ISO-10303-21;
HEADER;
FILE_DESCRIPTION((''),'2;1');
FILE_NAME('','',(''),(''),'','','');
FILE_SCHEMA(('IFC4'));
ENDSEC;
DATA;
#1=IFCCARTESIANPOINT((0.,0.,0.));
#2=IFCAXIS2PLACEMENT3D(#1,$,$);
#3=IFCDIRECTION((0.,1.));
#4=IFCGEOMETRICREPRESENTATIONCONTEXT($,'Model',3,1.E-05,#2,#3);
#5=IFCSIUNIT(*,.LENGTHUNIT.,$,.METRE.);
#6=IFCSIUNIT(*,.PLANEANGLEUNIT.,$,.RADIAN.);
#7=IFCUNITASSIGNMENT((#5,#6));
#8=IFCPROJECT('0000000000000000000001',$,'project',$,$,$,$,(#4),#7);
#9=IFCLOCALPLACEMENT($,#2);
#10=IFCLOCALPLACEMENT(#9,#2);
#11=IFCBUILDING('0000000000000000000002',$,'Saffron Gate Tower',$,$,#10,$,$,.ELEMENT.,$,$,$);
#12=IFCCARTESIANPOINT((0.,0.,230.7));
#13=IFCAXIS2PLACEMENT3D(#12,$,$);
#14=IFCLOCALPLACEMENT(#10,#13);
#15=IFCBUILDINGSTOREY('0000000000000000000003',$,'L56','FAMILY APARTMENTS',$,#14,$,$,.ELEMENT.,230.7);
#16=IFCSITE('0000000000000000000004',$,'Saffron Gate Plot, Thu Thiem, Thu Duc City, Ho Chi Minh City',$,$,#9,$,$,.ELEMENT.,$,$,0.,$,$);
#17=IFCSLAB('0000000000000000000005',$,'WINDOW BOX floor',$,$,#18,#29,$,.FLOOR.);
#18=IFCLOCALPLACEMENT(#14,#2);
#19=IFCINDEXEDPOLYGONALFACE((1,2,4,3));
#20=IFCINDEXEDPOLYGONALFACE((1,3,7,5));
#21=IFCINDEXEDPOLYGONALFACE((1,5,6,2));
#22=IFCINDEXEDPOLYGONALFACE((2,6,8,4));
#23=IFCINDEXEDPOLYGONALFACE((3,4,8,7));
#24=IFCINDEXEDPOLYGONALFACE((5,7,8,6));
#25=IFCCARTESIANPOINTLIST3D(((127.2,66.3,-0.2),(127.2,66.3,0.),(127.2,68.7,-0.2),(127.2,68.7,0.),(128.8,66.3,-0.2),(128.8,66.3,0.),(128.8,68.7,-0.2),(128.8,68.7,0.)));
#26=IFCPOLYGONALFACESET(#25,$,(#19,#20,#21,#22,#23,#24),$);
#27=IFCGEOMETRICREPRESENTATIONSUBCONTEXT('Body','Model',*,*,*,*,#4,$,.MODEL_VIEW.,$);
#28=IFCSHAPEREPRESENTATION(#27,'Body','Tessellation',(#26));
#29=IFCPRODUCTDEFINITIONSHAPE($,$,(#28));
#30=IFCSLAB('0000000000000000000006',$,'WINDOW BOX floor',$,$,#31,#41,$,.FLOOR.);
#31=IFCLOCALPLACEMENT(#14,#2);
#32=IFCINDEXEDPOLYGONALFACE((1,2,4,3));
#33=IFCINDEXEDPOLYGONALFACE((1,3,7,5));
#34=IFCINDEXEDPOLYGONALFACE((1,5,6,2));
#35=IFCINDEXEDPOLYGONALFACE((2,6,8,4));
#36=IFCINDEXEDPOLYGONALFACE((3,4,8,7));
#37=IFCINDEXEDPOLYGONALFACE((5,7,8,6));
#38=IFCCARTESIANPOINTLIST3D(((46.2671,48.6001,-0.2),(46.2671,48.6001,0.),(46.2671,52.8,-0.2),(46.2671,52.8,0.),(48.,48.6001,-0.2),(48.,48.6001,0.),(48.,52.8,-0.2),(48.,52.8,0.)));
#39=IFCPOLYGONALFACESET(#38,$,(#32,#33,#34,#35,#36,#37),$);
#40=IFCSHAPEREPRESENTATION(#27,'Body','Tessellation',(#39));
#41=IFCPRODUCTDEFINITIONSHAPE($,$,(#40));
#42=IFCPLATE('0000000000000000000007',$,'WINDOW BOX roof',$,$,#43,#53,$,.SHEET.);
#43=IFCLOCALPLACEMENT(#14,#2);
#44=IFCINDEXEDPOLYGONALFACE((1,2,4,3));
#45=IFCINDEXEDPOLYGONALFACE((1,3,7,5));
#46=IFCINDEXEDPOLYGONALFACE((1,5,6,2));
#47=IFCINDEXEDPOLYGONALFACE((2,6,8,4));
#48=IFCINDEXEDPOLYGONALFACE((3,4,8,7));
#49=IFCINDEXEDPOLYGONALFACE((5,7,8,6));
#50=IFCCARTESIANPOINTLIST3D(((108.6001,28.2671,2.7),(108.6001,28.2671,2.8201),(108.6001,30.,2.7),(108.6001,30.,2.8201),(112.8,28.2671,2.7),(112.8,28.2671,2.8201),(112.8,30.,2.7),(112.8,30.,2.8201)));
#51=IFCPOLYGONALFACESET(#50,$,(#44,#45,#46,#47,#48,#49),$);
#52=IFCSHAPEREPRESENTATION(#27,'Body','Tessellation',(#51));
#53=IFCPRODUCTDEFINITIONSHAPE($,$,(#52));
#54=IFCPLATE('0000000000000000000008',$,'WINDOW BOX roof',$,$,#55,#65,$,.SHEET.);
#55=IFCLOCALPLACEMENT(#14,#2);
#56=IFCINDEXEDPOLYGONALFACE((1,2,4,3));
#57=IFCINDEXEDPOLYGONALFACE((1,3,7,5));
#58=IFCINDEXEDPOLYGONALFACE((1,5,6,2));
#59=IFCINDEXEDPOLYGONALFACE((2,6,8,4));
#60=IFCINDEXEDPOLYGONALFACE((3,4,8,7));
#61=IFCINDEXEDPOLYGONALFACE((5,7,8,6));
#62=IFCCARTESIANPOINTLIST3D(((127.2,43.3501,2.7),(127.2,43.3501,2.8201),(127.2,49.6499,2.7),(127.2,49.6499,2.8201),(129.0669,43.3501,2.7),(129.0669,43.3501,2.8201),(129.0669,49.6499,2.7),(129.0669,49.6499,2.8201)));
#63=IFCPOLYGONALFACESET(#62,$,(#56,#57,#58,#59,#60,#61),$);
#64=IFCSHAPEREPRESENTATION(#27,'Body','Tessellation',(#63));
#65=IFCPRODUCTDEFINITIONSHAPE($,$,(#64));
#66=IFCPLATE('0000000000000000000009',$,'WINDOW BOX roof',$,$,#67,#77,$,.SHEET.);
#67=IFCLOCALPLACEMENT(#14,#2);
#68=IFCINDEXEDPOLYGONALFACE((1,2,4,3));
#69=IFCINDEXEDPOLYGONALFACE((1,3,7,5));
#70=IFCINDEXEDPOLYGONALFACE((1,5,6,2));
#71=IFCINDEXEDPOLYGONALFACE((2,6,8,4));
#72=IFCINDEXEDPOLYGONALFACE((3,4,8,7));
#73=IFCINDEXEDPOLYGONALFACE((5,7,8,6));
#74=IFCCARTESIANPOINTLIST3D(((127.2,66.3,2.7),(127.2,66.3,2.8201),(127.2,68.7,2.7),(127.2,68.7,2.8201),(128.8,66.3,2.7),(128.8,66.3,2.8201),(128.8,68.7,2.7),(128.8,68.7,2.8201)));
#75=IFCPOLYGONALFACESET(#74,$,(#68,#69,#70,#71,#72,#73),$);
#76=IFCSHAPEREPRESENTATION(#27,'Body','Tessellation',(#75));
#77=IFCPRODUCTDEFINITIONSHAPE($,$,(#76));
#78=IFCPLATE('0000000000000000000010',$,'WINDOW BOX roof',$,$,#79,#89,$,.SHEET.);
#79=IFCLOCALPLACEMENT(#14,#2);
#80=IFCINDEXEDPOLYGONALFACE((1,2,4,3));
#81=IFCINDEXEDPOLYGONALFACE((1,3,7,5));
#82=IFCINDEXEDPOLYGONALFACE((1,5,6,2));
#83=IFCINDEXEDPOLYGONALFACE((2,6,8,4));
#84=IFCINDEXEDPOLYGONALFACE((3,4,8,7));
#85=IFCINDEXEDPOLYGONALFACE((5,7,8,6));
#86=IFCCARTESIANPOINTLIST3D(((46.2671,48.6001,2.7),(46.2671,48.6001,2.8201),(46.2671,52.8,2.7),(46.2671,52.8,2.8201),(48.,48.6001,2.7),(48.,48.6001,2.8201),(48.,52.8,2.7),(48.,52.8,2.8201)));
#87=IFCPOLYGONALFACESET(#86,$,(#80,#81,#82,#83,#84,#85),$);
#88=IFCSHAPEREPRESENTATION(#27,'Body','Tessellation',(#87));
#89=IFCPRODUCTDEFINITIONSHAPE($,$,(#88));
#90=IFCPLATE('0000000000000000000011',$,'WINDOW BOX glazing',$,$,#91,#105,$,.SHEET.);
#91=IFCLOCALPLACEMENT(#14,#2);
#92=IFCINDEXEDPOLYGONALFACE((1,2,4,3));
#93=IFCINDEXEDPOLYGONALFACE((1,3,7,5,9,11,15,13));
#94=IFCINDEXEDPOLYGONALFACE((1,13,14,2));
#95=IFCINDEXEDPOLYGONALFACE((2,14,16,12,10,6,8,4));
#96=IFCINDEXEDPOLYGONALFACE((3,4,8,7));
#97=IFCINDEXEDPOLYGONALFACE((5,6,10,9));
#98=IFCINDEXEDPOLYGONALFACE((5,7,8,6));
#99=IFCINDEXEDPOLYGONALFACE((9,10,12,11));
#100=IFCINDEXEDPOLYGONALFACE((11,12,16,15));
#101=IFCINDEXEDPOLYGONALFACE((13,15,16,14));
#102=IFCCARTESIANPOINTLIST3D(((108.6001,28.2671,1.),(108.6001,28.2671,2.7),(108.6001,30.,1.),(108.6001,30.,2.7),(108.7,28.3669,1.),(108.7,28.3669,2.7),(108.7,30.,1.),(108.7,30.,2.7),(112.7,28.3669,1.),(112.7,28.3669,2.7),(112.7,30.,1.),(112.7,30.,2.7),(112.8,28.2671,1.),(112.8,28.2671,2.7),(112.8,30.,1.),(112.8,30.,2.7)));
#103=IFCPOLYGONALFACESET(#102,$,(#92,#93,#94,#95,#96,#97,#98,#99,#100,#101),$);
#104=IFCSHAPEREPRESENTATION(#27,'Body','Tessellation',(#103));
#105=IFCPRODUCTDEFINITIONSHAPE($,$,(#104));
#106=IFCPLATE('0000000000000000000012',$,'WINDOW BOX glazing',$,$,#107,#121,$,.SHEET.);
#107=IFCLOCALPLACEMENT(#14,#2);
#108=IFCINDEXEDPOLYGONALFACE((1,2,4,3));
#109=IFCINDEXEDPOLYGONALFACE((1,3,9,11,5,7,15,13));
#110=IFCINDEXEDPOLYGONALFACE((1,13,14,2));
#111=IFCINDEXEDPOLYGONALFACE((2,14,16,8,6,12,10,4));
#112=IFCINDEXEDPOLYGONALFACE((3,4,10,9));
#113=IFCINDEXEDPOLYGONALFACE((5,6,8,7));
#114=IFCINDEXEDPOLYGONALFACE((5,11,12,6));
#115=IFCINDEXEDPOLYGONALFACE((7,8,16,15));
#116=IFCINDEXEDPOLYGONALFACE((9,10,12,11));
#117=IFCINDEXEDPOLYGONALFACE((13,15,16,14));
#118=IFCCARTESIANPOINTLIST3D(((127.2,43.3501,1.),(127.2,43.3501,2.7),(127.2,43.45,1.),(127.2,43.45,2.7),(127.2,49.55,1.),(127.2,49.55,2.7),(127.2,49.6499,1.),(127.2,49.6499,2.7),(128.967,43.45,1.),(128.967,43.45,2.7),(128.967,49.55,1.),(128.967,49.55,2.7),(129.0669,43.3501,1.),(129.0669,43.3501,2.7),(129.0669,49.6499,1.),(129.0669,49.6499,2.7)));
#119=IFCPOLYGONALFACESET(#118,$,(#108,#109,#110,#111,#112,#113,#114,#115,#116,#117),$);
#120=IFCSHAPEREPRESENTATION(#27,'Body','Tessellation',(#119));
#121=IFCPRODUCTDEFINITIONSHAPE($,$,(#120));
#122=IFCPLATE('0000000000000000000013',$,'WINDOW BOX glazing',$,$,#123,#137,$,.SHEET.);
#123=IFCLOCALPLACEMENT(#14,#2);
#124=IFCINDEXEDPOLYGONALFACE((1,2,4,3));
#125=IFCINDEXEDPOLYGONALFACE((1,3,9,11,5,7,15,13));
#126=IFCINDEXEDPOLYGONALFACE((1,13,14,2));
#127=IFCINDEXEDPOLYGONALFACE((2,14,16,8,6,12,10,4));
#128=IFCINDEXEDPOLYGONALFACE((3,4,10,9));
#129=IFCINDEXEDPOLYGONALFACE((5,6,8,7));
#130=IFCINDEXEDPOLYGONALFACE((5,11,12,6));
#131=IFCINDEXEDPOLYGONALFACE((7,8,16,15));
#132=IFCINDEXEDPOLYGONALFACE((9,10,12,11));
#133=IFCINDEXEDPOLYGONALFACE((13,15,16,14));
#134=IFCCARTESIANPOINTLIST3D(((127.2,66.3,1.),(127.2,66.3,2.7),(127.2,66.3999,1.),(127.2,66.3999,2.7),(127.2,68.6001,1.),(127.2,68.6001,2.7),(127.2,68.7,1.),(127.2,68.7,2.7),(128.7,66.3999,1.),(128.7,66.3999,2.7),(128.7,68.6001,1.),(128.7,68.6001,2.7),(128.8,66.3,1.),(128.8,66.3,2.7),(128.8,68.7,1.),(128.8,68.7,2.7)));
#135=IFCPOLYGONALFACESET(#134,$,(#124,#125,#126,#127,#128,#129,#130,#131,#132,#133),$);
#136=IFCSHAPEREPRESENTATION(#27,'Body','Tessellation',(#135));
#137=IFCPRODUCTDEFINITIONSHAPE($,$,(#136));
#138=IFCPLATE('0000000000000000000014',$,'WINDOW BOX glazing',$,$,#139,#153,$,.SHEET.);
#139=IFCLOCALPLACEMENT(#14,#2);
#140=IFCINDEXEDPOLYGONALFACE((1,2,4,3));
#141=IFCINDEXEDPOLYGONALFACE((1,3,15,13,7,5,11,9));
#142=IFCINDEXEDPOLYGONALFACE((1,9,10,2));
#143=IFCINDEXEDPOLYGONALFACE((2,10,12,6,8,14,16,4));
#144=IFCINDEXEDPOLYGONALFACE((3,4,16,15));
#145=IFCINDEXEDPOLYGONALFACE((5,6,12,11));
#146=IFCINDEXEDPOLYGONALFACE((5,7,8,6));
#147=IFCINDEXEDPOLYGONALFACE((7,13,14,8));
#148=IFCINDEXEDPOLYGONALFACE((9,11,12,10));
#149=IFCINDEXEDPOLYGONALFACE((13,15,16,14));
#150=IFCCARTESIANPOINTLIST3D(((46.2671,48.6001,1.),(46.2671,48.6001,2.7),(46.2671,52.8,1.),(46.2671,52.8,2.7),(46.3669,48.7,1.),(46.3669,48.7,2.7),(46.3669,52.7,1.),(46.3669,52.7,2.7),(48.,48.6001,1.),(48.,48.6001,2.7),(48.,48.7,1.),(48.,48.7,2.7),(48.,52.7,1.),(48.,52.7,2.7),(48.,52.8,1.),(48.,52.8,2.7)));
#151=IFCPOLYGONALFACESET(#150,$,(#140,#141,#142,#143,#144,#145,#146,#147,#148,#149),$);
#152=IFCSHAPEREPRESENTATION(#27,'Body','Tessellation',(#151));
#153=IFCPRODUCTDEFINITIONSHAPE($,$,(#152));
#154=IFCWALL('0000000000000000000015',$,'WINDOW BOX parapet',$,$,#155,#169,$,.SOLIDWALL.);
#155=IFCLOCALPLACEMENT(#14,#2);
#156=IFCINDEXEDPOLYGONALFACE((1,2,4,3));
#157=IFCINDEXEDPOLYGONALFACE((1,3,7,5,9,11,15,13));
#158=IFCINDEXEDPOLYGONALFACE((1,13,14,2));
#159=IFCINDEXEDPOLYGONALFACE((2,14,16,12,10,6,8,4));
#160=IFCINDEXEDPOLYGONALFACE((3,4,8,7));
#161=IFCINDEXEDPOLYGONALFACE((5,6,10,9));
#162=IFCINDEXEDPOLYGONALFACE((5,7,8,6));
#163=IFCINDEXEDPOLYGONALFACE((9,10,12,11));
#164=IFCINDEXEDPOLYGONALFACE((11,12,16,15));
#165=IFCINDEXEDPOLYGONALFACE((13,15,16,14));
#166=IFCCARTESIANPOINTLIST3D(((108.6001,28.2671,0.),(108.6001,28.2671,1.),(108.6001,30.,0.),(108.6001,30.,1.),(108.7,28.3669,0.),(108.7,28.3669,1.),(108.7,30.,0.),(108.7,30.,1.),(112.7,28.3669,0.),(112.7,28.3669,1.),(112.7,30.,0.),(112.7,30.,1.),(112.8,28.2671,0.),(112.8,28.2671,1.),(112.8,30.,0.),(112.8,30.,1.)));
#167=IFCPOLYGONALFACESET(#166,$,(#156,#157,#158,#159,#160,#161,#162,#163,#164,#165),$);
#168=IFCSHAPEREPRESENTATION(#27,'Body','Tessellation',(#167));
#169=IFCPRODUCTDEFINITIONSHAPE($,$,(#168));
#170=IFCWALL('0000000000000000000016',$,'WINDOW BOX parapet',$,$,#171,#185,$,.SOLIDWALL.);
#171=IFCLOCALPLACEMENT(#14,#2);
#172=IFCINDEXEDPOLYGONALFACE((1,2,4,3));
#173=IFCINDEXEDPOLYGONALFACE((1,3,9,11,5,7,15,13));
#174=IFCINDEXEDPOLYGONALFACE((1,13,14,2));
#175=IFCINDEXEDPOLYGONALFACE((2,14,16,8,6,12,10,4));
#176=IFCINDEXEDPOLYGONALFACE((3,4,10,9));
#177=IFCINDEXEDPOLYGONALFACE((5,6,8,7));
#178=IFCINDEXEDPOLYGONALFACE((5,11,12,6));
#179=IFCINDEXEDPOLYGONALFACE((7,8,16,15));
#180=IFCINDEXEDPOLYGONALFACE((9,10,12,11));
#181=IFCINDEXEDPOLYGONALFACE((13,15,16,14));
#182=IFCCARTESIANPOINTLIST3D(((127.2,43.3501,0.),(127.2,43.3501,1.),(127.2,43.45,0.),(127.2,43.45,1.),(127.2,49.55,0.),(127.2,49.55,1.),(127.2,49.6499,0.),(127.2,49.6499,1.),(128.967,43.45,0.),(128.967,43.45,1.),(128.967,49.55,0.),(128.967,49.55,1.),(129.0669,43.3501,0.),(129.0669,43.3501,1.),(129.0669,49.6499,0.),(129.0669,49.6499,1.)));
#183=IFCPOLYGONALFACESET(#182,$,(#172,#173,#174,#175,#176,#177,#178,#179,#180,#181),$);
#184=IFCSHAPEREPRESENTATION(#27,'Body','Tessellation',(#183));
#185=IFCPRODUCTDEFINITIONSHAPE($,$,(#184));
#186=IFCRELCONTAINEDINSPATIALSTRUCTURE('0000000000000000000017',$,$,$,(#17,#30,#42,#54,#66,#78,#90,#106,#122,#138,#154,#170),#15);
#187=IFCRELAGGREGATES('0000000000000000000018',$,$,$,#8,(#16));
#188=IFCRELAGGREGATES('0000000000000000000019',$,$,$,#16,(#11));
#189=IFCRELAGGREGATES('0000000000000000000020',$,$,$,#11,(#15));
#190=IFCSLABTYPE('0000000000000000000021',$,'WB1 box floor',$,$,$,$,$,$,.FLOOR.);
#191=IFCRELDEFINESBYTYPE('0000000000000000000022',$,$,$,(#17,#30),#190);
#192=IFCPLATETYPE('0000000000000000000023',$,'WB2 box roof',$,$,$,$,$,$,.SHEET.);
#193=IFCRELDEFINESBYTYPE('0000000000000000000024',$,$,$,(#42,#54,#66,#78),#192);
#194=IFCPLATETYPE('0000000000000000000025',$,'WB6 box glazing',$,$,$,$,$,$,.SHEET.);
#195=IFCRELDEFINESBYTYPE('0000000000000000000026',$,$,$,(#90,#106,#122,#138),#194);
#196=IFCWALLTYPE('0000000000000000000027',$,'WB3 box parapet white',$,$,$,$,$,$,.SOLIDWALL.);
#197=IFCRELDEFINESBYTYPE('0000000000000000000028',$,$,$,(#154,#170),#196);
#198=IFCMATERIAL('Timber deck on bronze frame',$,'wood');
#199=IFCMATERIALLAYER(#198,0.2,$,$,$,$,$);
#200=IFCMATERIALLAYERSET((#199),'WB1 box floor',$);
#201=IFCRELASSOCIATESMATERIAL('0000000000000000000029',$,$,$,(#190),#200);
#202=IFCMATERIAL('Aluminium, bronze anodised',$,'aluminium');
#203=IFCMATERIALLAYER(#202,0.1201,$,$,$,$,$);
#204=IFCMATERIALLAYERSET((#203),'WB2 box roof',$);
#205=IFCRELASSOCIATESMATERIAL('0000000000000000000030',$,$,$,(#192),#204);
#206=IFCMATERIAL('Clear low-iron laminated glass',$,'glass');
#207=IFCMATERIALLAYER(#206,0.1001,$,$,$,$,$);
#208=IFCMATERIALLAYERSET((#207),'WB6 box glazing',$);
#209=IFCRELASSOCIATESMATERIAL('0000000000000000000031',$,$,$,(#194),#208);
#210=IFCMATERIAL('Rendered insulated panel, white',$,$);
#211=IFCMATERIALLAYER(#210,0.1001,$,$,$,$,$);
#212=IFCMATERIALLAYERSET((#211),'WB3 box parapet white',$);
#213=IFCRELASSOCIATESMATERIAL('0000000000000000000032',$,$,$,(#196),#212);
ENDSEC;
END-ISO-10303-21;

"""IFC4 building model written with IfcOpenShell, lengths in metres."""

from ifc_helpers import new_model, si_unit, direction, frame, origin, place, context, subcontext, project, spatial, polyline, outline, extrude, material, layer, layer_set, type_object, element, save


model = new_model("IFC4")

# Units and contexts
model_context = context("Model", 3, precision=1e-05, world=origin(), true_north=direction((0.0, 1.0)))
body_context = subcontext(model_context, "Body", "Model", "MODEL_VIEW")
ifc_project = project(units=[si_unit("LENGTHUNIT", "METRE"), si_unit("PLANEANGLEUNIT", "RADIAN")], contexts=[model_context])

# Site, building, storey
site_placement = place(None, origin())
site = spatial("IfcSite", under=ifc_project, at=site_placement, Name="Saffron Gate Plot, Thu Thiem, Thu Duc City, Ho Chi Minh City", CompositionType="ELEMENT", RefElevation=0.0)
building_placement = place(site_placement, origin())
building = spatial("IfcBuilding", under=site, at=building_placement, Name="Saffron Gate Tower", CompositionType="ELEMENT")
storey_placement = place(building_placement, frame((0.0, 0.0, 230.7)))
storey = spatial("IfcBuildingStorey", under=building, at=storey_placement, Name="L56", Description="FAMILY APARTMENTS", CompositionType="ELEMENT", Elevation=230.7)

# Slabs
ifc_material_1 = material(Name="Timber deck on bronze frame", Category="wood")
ifc_layer_1 = layer(ifc_material_1, 0.2)
ifc_layer_set_1 = layer_set([ifc_layer_1], Name="WB1 box floor")
slab_type_1 = type_object("IfcSlabType", Name="WB1 box floor", PredefinedType="FLOOR", material=ifc_layer_set_1)
slab_1_placement = place(storey_placement, frame((0.0, 0.0, -0.2)))
element("IfcSlab", 1, at=slab_1_placement, inside=storey, type_object=slab_type_1, Name="WINDOW BOX floor", PredefinedType="FLOOR", context=body_context, shape_type="SweptSolid", body=[
    extrude(outline(polyline([(127.2, 66.3), (127.2, 68.7), (128.8, 68.7), (128.8, 66.3), (127.2, 66.3)])), origin(), (0.0, 0.0, 1.0), 0.2),
])
slab_2_placement = place(storey_placement, frame((0.0, 0.0, -0.2)))
element("IfcSlab", 2, at=slab_2_placement, inside=storey, type_object=slab_type_1, Name="WINDOW BOX floor", PredefinedType="FLOOR", context=body_context, shape_type="SweptSolid", body=[
    extrude(outline(polyline([(48.0, 52.8), (48.0, 48.6001), (46.2671, 48.6001), (46.2671, 52.8), (48.0, 52.8)])), origin(), (0.0, 0.0, 1.0), 0.2),
])

# Plates
ifc_material_2 = material(Name="Aluminium, bronze anodised", Category="aluminium")
ifc_layer_2 = layer(ifc_material_2, 0.1201)
ifc_layer_set_2 = layer_set([ifc_layer_2], Name="WB2 box roof")
plate_type_1 = type_object("IfcPlateType", Name="WB2 box roof", PredefinedType="SHEET", material=ifc_layer_set_2)
plate_1_placement = place(storey_placement, frame((0.0, 0.0, 2.7)))
element("IfcPlate", 3, at=plate_1_placement, inside=storey, type_object=plate_type_1, Name="WINDOW BOX roof", PredefinedType="SHEET", context=body_context, shape_type="SweptSolid", body=[
    extrude(outline(polyline([(108.6001, 30.0), (112.8, 30.0), (112.8, 28.2671), (108.6001, 28.2671), (108.6001, 30.0)])), origin(), (0.0, 0.0, 1.0), 0.1201),
])
plate_2_placement = place(storey_placement, frame((0.0, 0.0, 2.7)))
element("IfcPlate", 4, at=plate_2_placement, inside=storey, type_object=plate_type_1, Name="WINDOW BOX roof", PredefinedType="SHEET", context=body_context, shape_type="SweptSolid", body=[
    extrude(outline(polyline([(127.2, 43.3501), (127.2, 49.6499), (129.0669, 49.6499), (129.0669, 43.3501), (127.2, 43.3501)])), origin(), (0.0, 0.0, 1.0), 0.1201),
])
plate_3_placement = place(storey_placement, frame((0.0, 0.0, 2.7)))
element("IfcPlate", 5, at=plate_3_placement, inside=storey, type_object=plate_type_1, Name="WINDOW BOX roof", PredefinedType="SHEET", context=body_context, shape_type="SweptSolid", body=[
    extrude(outline(polyline([(127.2, 66.3), (127.2, 68.7), (128.8, 68.7), (128.8, 66.3), (127.2, 66.3)])), origin(), (0.0, 0.0, 1.0), 0.1201),
])
plate_4_placement = place(storey_placement, frame((0.0, 0.0, 2.7)))
element("IfcPlate", 6, at=plate_4_placement, inside=storey, type_object=plate_type_1, Name="WINDOW BOX roof", PredefinedType="SHEET", context=body_context, shape_type="SweptSolid", body=[
    extrude(outline(polyline([(48.0, 52.8), (48.0, 48.6001), (46.2671, 48.6001), (46.2671, 52.8), (48.0, 52.8)])), origin(), (0.0, 0.0, 1.0), 0.1201),
])
ifc_material_3 = material(Name="Clear low-iron laminated glass", Category="glass")
ifc_layer_3 = layer(ifc_material_3, 0.1001)
ifc_layer_set_3 = layer_set([ifc_layer_3], Name="WB6 box glazing")
plate_type_2 = type_object("IfcPlateType", Name="WB6 box glazing", PredefinedType="SHEET", material=ifc_layer_set_3)
plate_5_placement = place(storey_placement, frame((0.0, 0.0, 1.0)))
element("IfcPlate", 7, at=plate_5_placement, inside=storey, type_object=plate_type_2, Name="WINDOW BOX glazing", PredefinedType="SHEET", context=body_context, shape_type="SweptSolid", body=[
    extrude(outline(polyline([(108.6001, 30.0), (108.7, 30.0), (108.7, 28.3669), (112.7, 28.3669), (112.7, 30.0), (112.8, 30.0), (112.8, 28.2671), (108.6001, 28.2671), (108.6001, 30.0)])), origin(), (0.0, 0.0, 1.0), 1.7),
])
plate_6_placement = place(storey_placement, frame((0.0, 0.0, 1.0)))
element("IfcPlate", 8, at=plate_6_placement, inside=storey, type_object=plate_type_2, Name="WINDOW BOX glazing", PredefinedType="SHEET", context=body_context, shape_type="SweptSolid", body=[
    extrude(outline(polyline([(127.2, 43.3501), (127.2, 43.45), (128.967, 43.45), (128.967, 49.55), (127.2, 49.55), (127.2, 49.6499), (129.0669, 49.6499), (129.0669, 43.3501), (127.2, 43.3501)])), origin(), (0.0, 0.0, 1.0), 1.7),
])
plate_7_placement = place(storey_placement, frame((0.0, 0.0, 1.0)))
element("IfcPlate", 9, at=plate_7_placement, inside=storey, type_object=plate_type_2, Name="WINDOW BOX glazing", PredefinedType="SHEET", context=body_context, shape_type="SweptSolid", body=[
    extrude(outline(polyline([(127.2, 66.3), (127.2, 66.3999), (128.7, 66.3999), (128.7, 68.6001), (127.2, 68.6001), (127.2, 68.7), (128.8, 68.7), (128.8, 66.3), (127.2, 66.3)])), origin(), (0.0, 0.0, 1.0), 1.7),
])
plate_8_placement = place(storey_placement, frame((0.0, 0.0, 1.0)))
element("IfcPlate", 10, at=plate_8_placement, inside=storey, type_object=plate_type_2, Name="WINDOW BOX glazing", PredefinedType="SHEET", context=body_context, shape_type="SweptSolid", body=[
    extrude(outline(polyline([(48.0, 52.8), (48.0, 52.7), (46.3669, 52.7), (46.3669, 48.7), (48.0, 48.7), (48.0, 48.6001), (46.2671, 48.6001), (46.2671, 52.8), (48.0, 52.8)])), origin(), (0.0, 0.0, 1.0), 1.7),
])

# Walls
ifc_material_4 = material(Name="Rendered insulated panel, white")
ifc_layer_4 = layer(ifc_material_4, 0.1001)
ifc_layer_set_4 = layer_set([ifc_layer_4], Name="WB3 box parapet white")
wall_type = type_object("IfcWallType", Name="WB3 box parapet white", PredefinedType="SOLIDWALL", material=ifc_layer_set_4)
wall_1_placement = place(storey_placement, origin())
element("IfcWall", 11, at=wall_1_placement, inside=storey, type_object=wall_type, Name="WINDOW BOX parapet", PredefinedType="SOLIDWALL", context=body_context, shape_type="SweptSolid", body=[
    extrude(outline(polyline([(108.6001, 30.0), (108.7, 30.0), (108.7, 28.3669), (112.7, 28.3669), (112.7, 30.0), (112.8, 30.0), (112.8, 28.2671), (108.6001, 28.2671), (108.6001, 30.0)])), origin(), (0.0, 0.0, 1.0), 1.0),
])
wall_2_placement = place(storey_placement, origin())
element("IfcWall", 12, at=wall_2_placement, inside=storey, type_object=wall_type, Name="WINDOW BOX parapet", PredefinedType="SOLIDWALL", context=body_context, shape_type="SweptSolid", body=[
    extrude(outline(polyline([(127.2, 43.3501), (127.2, 43.45), (128.967, 43.45), (128.967, 49.55), (127.2, 49.55), (127.2, 49.6499), (129.0669, 49.6499), (129.0669, 43.3501), (127.2, 43.3501)])), origin(), (0.0, 0.0, 1.0), 1.0),
])

save(model, "model.ifc")
